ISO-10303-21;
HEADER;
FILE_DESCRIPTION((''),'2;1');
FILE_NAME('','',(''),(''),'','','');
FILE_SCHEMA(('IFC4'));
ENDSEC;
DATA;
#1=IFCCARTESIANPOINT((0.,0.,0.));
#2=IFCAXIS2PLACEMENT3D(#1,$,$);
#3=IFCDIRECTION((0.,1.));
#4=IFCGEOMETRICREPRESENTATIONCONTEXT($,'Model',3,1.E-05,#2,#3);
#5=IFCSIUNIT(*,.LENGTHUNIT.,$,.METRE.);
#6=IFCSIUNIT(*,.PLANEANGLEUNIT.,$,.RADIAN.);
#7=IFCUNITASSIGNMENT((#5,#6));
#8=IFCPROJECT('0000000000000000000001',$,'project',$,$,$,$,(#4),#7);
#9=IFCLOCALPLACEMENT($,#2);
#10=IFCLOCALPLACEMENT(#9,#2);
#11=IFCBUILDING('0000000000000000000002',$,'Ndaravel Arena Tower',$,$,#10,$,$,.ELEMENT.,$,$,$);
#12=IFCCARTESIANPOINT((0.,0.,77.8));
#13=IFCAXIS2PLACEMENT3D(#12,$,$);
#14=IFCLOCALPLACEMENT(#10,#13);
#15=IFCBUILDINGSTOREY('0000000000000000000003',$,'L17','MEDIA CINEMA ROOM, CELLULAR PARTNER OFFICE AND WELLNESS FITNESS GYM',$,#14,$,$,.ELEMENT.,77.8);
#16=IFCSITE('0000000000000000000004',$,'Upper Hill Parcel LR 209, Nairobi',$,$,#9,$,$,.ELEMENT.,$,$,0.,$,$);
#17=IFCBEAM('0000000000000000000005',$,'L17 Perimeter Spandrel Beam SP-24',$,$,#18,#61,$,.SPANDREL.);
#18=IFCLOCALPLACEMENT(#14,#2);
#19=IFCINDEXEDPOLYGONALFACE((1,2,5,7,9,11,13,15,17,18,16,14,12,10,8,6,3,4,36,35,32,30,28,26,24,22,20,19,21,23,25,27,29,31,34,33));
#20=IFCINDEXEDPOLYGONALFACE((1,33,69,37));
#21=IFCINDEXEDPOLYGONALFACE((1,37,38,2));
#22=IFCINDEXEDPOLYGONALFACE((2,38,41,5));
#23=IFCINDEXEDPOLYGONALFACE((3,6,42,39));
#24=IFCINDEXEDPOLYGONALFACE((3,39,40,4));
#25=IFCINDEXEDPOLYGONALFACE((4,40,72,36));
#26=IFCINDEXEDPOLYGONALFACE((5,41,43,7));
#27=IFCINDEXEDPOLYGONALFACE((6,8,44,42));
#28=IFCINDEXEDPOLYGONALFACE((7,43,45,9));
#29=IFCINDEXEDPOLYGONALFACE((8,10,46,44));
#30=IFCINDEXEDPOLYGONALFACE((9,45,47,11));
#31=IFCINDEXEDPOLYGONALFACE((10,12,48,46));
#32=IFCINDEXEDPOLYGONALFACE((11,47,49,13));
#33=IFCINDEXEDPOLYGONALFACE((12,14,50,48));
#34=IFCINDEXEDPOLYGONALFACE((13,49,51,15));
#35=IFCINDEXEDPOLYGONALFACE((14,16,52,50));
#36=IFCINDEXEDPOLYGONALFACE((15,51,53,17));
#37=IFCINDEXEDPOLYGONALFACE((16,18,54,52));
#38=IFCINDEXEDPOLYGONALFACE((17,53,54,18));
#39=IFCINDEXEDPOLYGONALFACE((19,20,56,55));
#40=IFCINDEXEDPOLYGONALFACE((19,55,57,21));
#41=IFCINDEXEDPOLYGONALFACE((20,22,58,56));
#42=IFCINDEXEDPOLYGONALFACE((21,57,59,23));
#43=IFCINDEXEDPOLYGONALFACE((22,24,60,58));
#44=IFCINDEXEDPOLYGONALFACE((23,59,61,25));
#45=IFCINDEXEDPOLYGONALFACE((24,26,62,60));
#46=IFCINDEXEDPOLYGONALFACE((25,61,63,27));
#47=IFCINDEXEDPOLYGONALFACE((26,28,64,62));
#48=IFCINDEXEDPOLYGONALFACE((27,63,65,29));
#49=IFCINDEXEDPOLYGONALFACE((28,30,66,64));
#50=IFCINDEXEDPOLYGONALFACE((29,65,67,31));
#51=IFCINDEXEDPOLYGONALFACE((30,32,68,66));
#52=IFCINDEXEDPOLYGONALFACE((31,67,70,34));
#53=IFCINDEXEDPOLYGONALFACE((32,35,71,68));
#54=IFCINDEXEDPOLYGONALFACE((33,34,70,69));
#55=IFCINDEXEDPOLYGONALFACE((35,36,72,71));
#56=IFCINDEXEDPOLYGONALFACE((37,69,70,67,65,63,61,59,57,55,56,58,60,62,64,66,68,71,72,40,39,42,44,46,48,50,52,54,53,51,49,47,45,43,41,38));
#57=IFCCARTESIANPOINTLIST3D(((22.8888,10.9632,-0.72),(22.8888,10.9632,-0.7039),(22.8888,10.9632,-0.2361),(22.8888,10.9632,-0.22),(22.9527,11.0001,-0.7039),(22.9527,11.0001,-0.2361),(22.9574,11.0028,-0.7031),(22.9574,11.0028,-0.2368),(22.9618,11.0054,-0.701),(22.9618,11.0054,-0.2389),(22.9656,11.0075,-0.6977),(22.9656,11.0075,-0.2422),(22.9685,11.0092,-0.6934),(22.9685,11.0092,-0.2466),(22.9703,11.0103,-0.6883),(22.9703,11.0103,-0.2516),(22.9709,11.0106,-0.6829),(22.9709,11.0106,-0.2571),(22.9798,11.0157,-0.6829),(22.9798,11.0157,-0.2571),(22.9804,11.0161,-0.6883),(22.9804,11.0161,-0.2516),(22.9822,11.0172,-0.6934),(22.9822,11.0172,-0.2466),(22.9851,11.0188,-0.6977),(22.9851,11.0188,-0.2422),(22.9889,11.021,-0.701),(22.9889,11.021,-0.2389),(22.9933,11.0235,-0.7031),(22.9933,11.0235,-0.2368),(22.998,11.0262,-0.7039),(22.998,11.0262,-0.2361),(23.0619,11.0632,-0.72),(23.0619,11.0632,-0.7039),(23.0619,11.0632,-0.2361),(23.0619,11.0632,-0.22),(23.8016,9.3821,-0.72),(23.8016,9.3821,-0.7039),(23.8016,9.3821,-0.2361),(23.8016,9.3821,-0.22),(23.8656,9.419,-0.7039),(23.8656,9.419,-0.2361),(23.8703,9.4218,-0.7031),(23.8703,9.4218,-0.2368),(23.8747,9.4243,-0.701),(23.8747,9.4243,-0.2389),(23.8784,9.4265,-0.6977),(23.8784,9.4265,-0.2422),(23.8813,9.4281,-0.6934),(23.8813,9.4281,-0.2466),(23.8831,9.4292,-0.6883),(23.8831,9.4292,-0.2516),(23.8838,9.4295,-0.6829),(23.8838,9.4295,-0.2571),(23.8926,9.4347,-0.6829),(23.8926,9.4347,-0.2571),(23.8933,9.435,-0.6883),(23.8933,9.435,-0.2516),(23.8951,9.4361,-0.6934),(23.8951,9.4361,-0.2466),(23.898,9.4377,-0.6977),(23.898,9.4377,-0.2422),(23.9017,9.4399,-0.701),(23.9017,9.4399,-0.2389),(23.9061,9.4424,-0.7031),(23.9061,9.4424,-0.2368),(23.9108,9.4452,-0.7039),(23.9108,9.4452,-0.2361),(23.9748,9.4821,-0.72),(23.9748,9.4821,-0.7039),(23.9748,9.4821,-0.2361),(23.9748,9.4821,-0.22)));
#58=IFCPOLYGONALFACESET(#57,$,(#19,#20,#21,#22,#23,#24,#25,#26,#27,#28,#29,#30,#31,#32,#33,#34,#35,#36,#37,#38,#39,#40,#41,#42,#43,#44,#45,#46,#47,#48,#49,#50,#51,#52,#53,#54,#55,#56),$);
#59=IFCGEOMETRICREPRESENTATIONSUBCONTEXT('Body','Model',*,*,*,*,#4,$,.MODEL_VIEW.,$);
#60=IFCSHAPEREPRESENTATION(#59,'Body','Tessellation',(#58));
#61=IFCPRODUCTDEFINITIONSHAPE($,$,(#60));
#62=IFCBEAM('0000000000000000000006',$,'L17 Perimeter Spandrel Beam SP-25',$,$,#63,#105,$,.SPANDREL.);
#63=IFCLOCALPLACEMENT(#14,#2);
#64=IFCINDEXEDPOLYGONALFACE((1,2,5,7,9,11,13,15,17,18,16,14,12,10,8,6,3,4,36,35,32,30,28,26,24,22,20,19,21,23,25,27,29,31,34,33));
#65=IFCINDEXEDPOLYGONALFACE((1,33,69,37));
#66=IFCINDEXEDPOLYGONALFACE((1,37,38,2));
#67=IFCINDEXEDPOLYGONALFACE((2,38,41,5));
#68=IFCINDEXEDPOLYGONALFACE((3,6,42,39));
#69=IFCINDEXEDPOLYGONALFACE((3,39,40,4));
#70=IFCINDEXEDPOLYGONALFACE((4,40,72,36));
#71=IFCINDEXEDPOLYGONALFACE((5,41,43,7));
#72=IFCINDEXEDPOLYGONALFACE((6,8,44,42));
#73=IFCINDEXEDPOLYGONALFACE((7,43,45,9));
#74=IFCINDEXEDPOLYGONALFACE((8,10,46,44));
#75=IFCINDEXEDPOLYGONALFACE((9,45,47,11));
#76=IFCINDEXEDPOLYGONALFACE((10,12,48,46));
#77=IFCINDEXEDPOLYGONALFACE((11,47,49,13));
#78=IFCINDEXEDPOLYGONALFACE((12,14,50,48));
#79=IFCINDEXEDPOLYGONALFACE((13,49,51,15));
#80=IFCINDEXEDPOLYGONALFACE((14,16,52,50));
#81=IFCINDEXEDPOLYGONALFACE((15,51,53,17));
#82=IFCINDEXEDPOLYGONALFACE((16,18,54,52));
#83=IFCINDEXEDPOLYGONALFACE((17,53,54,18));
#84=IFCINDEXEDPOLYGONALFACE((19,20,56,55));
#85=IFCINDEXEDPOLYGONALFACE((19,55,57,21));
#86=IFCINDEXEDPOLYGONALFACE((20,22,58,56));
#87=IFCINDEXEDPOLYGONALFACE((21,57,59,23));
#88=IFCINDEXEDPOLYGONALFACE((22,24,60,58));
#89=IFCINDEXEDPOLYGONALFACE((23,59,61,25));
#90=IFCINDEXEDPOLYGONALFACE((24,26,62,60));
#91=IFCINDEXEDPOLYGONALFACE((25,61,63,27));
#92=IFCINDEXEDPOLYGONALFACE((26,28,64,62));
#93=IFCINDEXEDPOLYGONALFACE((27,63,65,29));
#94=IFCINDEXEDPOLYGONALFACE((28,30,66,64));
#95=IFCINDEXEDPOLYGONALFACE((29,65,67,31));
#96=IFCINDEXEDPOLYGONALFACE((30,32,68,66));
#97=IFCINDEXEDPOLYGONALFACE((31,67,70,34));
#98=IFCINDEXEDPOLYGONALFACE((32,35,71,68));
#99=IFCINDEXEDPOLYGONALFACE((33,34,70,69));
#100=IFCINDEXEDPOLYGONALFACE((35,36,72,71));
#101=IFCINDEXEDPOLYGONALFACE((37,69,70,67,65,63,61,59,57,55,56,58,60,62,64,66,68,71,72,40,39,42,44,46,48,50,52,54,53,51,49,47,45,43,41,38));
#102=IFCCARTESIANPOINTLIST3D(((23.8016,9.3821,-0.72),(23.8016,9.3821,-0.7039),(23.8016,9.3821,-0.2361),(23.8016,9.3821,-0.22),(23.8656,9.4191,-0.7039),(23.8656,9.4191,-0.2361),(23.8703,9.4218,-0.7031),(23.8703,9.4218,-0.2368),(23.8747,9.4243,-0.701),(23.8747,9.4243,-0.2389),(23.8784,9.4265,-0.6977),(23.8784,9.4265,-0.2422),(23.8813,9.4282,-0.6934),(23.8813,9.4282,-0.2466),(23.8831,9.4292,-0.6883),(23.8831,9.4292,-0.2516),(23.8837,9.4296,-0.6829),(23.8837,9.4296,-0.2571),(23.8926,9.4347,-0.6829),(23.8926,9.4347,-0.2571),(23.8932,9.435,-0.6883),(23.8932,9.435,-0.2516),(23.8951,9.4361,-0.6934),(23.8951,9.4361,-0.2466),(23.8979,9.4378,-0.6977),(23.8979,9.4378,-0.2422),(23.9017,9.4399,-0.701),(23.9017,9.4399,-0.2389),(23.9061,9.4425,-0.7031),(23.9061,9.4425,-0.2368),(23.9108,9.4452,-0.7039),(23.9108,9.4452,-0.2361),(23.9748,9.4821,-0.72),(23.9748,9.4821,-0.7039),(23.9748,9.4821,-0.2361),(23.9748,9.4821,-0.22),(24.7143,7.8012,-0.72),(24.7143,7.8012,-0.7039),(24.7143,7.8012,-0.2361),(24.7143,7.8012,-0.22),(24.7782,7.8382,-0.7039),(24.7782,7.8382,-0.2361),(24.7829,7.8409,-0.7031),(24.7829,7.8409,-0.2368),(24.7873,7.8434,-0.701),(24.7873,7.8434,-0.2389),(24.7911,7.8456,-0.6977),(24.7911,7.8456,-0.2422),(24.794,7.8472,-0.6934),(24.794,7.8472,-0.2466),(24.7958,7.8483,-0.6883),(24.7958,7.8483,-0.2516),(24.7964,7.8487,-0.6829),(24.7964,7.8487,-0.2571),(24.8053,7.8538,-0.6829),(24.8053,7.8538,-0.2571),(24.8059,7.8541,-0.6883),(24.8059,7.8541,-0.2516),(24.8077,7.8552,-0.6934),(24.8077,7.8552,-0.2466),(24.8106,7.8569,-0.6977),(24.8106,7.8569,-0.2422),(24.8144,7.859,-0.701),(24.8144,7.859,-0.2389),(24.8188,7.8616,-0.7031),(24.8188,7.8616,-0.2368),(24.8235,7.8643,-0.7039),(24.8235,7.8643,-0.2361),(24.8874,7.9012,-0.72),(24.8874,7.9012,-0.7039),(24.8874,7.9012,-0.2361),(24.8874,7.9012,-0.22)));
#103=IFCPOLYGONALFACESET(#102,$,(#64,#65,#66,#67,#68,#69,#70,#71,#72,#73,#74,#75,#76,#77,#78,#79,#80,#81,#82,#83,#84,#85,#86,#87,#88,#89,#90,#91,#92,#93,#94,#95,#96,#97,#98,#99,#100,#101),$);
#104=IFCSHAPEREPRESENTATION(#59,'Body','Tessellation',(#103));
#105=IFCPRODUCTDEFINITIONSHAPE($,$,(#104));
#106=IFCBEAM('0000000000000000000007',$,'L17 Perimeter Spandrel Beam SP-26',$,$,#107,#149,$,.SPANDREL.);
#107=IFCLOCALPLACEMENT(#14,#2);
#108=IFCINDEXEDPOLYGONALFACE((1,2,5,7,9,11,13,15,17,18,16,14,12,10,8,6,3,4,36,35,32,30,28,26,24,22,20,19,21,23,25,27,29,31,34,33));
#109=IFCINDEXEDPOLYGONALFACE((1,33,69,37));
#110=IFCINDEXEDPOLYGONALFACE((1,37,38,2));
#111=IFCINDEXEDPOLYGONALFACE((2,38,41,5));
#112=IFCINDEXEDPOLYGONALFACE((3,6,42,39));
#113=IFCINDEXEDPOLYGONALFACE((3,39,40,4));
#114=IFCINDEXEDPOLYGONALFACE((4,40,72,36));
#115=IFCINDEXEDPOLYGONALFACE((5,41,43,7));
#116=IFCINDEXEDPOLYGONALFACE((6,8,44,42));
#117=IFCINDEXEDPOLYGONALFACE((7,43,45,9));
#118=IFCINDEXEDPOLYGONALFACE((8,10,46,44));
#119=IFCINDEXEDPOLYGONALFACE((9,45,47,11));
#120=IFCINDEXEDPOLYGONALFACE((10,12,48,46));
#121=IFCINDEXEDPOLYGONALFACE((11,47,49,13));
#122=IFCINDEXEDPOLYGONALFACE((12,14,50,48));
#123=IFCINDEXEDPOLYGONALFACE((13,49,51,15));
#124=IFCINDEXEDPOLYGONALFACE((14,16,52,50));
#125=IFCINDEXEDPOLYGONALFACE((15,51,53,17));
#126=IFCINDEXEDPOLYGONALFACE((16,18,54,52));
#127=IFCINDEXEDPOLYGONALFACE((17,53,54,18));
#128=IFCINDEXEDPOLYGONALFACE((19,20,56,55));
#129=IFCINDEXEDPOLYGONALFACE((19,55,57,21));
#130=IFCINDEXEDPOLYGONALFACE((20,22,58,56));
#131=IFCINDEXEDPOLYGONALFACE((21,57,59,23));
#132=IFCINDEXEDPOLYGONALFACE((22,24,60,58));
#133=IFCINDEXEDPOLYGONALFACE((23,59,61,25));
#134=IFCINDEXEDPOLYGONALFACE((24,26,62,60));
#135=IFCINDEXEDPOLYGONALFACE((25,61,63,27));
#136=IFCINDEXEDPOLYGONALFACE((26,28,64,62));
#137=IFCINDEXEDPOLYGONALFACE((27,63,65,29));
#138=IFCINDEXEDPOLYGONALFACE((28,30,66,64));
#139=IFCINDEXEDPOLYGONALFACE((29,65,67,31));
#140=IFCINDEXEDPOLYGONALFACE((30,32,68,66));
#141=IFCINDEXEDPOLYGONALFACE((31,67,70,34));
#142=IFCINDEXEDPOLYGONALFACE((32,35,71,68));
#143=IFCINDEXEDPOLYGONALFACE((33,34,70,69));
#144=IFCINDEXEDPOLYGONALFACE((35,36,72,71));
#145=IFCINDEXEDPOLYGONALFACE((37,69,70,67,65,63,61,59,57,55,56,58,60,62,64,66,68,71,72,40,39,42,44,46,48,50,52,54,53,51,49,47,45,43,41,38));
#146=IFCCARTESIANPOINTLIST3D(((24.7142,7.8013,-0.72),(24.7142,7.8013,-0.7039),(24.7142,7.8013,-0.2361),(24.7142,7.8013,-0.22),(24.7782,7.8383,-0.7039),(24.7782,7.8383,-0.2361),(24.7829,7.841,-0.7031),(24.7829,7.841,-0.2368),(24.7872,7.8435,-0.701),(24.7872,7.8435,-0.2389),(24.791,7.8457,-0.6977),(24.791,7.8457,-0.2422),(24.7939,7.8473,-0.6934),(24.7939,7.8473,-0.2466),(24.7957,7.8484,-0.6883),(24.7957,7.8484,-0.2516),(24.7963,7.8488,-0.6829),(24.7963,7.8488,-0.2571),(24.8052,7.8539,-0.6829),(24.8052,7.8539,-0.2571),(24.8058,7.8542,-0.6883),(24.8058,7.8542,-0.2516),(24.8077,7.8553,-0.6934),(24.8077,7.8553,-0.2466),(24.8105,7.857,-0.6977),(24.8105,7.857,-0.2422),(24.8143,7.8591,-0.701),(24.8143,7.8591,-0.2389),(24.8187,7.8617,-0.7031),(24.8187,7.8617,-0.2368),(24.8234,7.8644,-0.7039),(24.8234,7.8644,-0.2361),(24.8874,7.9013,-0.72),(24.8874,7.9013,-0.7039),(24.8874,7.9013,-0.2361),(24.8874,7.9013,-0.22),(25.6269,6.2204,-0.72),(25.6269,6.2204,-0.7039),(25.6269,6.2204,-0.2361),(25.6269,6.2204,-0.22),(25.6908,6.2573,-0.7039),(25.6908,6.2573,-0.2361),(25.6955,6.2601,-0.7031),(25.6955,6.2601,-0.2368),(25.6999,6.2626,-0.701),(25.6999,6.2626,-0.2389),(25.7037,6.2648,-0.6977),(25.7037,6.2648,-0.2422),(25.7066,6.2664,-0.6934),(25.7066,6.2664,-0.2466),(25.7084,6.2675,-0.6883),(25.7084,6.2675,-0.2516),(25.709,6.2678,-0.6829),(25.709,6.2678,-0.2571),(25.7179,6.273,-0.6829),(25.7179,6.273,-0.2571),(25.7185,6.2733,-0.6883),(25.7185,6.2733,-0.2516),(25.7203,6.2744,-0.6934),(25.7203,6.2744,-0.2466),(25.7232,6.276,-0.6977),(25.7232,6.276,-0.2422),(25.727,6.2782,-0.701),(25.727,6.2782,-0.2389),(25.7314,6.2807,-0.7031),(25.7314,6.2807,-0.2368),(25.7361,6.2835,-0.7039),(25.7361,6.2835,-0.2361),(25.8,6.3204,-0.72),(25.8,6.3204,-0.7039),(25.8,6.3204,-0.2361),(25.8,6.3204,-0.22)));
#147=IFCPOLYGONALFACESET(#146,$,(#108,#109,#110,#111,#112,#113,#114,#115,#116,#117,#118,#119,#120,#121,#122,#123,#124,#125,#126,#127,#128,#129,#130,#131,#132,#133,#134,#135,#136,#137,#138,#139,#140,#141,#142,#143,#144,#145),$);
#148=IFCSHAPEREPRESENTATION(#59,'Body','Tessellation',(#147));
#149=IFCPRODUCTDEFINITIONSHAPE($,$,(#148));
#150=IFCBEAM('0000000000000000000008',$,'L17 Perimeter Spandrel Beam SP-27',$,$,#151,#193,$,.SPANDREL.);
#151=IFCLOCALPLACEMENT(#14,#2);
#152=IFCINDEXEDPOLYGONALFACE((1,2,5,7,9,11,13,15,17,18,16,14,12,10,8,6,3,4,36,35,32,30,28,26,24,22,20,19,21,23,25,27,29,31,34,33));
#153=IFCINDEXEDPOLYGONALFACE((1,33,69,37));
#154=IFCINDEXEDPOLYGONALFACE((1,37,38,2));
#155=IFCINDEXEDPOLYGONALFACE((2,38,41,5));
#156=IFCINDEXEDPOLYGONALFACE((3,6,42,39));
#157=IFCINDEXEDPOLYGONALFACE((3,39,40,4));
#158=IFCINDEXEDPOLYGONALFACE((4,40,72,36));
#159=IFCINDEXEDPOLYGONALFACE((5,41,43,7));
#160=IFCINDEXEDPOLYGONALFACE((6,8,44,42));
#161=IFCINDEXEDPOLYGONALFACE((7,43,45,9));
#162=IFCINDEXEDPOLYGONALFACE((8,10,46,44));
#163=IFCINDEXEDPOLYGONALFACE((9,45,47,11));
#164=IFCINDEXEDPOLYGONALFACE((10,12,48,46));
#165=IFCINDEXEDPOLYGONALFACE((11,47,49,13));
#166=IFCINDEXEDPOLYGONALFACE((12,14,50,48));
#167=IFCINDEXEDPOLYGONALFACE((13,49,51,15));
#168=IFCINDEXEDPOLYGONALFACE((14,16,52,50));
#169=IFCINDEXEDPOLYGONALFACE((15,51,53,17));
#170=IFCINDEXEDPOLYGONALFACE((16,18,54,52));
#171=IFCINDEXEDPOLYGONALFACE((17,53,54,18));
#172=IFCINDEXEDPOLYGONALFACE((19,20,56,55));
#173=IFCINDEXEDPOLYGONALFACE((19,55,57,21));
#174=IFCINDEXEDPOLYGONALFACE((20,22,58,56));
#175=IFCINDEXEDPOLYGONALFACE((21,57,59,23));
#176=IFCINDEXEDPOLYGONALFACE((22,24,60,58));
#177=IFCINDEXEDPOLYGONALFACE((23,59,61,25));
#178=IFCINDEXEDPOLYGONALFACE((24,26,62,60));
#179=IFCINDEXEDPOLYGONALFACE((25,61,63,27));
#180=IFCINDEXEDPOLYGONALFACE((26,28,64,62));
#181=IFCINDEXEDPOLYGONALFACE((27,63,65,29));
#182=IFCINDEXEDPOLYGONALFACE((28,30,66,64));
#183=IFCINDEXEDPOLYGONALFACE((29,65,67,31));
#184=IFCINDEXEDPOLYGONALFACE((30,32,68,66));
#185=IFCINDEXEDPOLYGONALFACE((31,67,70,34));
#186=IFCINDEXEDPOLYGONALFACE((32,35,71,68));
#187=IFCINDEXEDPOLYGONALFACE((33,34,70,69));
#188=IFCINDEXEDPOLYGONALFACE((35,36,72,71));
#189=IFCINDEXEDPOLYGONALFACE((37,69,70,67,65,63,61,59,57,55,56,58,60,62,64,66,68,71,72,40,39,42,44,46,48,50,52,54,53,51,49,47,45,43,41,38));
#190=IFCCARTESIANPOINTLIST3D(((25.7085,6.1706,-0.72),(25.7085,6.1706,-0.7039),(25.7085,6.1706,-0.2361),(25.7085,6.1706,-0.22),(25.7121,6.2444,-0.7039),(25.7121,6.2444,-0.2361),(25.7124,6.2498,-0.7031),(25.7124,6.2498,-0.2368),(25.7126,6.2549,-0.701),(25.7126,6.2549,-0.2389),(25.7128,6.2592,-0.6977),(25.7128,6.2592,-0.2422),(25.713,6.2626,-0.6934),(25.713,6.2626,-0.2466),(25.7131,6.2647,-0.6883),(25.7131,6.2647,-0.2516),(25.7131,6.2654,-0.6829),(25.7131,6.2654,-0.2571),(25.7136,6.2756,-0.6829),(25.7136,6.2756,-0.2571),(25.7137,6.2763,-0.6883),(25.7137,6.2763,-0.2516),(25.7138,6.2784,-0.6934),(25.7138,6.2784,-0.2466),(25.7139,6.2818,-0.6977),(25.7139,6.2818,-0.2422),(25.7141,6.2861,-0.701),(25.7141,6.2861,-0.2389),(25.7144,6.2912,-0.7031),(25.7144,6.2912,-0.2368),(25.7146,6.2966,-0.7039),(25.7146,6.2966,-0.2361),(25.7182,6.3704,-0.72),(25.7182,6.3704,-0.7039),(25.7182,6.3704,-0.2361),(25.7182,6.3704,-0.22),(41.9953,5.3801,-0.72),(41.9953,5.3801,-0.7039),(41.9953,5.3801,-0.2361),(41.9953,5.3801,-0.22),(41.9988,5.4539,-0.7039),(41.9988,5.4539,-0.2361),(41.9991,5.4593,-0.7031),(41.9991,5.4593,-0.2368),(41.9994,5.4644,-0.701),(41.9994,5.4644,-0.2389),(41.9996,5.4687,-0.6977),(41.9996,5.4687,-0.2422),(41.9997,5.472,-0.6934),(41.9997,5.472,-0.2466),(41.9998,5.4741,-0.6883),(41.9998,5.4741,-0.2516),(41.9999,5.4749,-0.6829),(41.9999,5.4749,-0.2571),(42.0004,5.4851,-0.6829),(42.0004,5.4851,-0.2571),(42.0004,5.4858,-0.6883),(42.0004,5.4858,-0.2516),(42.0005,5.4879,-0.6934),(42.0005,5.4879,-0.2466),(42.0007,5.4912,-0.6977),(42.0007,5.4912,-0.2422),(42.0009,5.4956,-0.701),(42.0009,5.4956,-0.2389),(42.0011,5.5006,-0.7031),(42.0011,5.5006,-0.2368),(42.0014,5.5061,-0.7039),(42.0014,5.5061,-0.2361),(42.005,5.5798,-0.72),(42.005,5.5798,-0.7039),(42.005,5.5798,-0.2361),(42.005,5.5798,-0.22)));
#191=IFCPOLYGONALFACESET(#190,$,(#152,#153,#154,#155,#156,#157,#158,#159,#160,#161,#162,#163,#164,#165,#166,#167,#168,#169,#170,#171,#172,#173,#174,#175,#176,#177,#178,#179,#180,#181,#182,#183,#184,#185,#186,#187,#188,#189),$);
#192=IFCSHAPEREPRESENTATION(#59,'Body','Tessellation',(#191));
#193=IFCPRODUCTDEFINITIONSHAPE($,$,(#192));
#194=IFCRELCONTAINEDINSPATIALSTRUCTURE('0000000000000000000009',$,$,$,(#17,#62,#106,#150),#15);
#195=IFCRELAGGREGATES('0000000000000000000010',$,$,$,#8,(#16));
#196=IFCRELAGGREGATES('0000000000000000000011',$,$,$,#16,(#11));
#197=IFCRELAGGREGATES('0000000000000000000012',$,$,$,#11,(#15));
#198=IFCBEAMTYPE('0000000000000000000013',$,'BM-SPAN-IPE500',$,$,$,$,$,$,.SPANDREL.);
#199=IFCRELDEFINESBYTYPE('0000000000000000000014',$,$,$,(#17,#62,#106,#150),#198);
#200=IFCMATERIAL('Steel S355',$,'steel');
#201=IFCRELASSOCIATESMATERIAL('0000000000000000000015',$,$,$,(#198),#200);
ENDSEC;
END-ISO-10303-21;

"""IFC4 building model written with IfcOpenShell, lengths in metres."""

from ifc_helpers import new_model, si_unit, direction, frame, origin, origin_2d, place, context, subcontext, project, spatial, i_section, extrude, material, material_profile, profile_set, type_object, element, save


model = new_model("IFC4")

# Units and contexts
model_context = context("Model", 3, precision=1e-05, world=origin(), true_north=direction((0.0, 1.0)))
body_context = subcontext(model_context, "Body", "Model", "MODEL_VIEW")
ifc_project = project(units=[si_unit("LENGTHUNIT", "METRE"), si_unit("PLANEANGLEUNIT", "RADIAN")], contexts=[model_context])

# Site, building, storey
site_placement = place(None, origin())
site = spatial("IfcSite", under=ifc_project, at=site_placement, Name="Upper Hill Parcel LR 209, Nairobi", CompositionType="ELEMENT", RefElevation=0.0)
building_placement = place(site_placement, origin())
building = spatial("IfcBuilding", under=site, at=building_placement, Name="Ndaravel Arena Tower", CompositionType="ELEMENT")
storey_placement = place(building_placement, frame((0.0, 0.0, 77.8)))
storey = spatial("IfcBuildingStorey", under=building, at=storey_placement, Name="L17", Description="MEDIA CINEMA ROOM, CELLULAR PARTNER OFFICE AND WELLNESS FITNESS GYM", CompositionType="ELEMENT", Elevation=77.8)

# Beams
ifc_material_1 = material(Name="Steel S355", Category="steel")
ifc_material_profile_1 = material_profile(ifc_material_1, i_section(OverallWidth=0.2, OverallDepth=0.5, WebThickness=0.0103, FlangeThickness=0.0161, FilletRadius=0.021, at=origin_2d()), Name="IPE 500")
ifc_profile_set_1 = profile_set([ifc_material_profile_1], Name="Steel S355")
beam_type = type_object("IfcBeamType", Name="BM-SPAN-IPE500", PredefinedType="SPANDREL", material=ifc_profile_set_1)
beam_1_placement = place(storey_placement, frame((22.9753, 11.0132, -0.47), z_axis=(0.500008, -0.866021, 0.0), x_axis=(0.866021, 0.500008, 0.0)))
element("IfcBeam", 1, at=beam_1_placement, inside=storey, type_object=beam_type, Name="L17 Perimeter Spandrel Beam SP-24", PredefinedType="SPANDREL", context=body_context, shape_type="SweptSolid", body=[
    extrude(i_section(OverallWidth=0.2, OverallDepth=0.5, WebThickness=0.0103, FlangeThickness=0.0161, FilletRadius=0.021, at=origin_2d()), origin(), (0.0, 0.0, 1.0), 1.8257),
])
for number, where, z_axis, x_axis, name in (
    (2, (23.8882, 9.4321, -0.47), (0.499966, -0.866045, 0.0), (0.866045, 0.499966, 0.0), "L17 Perimeter Spandrel Beam SP-25"),
    (3, (24.8008, 7.8513, -0.47), (0.499966, -0.866045, 0.0), (0.866045, 0.499966, 0.0), "L17 Perimeter Spandrel Beam SP-26"),
):
    element("IfcBeam", number, at=place(storey_placement, frame(where, z_axis=z_axis, x_axis=x_axis)), inside=storey, type_object=beam_type, Name=name, PredefinedType="SPANDREL", context=body_context, shape_type="SweptSolid", body=[
        extrude(i_section(OverallWidth=0.2, OverallDepth=0.5, WebThickness=0.0103, FlangeThickness=0.0161, FilletRadius=0.021, at=origin_2d()), origin(), (0.0, 0.0, 1.0), 1.8254),
    ])
beam_2_placement = place(storey_placement, frame((25.7134, 6.2705, -0.47), z_axis=(0.998824, -0.048481, 0.0), x_axis=(0.048481, 0.998824, 0.0)))
element("IfcBeam", 4, at=beam_2_placement, inside=storey, type_object=beam_type, Name="L17 Perimeter Spandrel Beam SP-27", PredefinedType="SPANDREL", context=body_context, shape_type="SweptSolid", body=[
    extrude(i_section(OverallWidth=0.2, OverallDepth=0.5, WebThickness=0.0103, FlangeThickness=0.0161, FilletRadius=0.021, at=origin_2d()), origin(), (0.0, 0.0, 1.0), 16.3059),
])

save(model, "model.ifc")
